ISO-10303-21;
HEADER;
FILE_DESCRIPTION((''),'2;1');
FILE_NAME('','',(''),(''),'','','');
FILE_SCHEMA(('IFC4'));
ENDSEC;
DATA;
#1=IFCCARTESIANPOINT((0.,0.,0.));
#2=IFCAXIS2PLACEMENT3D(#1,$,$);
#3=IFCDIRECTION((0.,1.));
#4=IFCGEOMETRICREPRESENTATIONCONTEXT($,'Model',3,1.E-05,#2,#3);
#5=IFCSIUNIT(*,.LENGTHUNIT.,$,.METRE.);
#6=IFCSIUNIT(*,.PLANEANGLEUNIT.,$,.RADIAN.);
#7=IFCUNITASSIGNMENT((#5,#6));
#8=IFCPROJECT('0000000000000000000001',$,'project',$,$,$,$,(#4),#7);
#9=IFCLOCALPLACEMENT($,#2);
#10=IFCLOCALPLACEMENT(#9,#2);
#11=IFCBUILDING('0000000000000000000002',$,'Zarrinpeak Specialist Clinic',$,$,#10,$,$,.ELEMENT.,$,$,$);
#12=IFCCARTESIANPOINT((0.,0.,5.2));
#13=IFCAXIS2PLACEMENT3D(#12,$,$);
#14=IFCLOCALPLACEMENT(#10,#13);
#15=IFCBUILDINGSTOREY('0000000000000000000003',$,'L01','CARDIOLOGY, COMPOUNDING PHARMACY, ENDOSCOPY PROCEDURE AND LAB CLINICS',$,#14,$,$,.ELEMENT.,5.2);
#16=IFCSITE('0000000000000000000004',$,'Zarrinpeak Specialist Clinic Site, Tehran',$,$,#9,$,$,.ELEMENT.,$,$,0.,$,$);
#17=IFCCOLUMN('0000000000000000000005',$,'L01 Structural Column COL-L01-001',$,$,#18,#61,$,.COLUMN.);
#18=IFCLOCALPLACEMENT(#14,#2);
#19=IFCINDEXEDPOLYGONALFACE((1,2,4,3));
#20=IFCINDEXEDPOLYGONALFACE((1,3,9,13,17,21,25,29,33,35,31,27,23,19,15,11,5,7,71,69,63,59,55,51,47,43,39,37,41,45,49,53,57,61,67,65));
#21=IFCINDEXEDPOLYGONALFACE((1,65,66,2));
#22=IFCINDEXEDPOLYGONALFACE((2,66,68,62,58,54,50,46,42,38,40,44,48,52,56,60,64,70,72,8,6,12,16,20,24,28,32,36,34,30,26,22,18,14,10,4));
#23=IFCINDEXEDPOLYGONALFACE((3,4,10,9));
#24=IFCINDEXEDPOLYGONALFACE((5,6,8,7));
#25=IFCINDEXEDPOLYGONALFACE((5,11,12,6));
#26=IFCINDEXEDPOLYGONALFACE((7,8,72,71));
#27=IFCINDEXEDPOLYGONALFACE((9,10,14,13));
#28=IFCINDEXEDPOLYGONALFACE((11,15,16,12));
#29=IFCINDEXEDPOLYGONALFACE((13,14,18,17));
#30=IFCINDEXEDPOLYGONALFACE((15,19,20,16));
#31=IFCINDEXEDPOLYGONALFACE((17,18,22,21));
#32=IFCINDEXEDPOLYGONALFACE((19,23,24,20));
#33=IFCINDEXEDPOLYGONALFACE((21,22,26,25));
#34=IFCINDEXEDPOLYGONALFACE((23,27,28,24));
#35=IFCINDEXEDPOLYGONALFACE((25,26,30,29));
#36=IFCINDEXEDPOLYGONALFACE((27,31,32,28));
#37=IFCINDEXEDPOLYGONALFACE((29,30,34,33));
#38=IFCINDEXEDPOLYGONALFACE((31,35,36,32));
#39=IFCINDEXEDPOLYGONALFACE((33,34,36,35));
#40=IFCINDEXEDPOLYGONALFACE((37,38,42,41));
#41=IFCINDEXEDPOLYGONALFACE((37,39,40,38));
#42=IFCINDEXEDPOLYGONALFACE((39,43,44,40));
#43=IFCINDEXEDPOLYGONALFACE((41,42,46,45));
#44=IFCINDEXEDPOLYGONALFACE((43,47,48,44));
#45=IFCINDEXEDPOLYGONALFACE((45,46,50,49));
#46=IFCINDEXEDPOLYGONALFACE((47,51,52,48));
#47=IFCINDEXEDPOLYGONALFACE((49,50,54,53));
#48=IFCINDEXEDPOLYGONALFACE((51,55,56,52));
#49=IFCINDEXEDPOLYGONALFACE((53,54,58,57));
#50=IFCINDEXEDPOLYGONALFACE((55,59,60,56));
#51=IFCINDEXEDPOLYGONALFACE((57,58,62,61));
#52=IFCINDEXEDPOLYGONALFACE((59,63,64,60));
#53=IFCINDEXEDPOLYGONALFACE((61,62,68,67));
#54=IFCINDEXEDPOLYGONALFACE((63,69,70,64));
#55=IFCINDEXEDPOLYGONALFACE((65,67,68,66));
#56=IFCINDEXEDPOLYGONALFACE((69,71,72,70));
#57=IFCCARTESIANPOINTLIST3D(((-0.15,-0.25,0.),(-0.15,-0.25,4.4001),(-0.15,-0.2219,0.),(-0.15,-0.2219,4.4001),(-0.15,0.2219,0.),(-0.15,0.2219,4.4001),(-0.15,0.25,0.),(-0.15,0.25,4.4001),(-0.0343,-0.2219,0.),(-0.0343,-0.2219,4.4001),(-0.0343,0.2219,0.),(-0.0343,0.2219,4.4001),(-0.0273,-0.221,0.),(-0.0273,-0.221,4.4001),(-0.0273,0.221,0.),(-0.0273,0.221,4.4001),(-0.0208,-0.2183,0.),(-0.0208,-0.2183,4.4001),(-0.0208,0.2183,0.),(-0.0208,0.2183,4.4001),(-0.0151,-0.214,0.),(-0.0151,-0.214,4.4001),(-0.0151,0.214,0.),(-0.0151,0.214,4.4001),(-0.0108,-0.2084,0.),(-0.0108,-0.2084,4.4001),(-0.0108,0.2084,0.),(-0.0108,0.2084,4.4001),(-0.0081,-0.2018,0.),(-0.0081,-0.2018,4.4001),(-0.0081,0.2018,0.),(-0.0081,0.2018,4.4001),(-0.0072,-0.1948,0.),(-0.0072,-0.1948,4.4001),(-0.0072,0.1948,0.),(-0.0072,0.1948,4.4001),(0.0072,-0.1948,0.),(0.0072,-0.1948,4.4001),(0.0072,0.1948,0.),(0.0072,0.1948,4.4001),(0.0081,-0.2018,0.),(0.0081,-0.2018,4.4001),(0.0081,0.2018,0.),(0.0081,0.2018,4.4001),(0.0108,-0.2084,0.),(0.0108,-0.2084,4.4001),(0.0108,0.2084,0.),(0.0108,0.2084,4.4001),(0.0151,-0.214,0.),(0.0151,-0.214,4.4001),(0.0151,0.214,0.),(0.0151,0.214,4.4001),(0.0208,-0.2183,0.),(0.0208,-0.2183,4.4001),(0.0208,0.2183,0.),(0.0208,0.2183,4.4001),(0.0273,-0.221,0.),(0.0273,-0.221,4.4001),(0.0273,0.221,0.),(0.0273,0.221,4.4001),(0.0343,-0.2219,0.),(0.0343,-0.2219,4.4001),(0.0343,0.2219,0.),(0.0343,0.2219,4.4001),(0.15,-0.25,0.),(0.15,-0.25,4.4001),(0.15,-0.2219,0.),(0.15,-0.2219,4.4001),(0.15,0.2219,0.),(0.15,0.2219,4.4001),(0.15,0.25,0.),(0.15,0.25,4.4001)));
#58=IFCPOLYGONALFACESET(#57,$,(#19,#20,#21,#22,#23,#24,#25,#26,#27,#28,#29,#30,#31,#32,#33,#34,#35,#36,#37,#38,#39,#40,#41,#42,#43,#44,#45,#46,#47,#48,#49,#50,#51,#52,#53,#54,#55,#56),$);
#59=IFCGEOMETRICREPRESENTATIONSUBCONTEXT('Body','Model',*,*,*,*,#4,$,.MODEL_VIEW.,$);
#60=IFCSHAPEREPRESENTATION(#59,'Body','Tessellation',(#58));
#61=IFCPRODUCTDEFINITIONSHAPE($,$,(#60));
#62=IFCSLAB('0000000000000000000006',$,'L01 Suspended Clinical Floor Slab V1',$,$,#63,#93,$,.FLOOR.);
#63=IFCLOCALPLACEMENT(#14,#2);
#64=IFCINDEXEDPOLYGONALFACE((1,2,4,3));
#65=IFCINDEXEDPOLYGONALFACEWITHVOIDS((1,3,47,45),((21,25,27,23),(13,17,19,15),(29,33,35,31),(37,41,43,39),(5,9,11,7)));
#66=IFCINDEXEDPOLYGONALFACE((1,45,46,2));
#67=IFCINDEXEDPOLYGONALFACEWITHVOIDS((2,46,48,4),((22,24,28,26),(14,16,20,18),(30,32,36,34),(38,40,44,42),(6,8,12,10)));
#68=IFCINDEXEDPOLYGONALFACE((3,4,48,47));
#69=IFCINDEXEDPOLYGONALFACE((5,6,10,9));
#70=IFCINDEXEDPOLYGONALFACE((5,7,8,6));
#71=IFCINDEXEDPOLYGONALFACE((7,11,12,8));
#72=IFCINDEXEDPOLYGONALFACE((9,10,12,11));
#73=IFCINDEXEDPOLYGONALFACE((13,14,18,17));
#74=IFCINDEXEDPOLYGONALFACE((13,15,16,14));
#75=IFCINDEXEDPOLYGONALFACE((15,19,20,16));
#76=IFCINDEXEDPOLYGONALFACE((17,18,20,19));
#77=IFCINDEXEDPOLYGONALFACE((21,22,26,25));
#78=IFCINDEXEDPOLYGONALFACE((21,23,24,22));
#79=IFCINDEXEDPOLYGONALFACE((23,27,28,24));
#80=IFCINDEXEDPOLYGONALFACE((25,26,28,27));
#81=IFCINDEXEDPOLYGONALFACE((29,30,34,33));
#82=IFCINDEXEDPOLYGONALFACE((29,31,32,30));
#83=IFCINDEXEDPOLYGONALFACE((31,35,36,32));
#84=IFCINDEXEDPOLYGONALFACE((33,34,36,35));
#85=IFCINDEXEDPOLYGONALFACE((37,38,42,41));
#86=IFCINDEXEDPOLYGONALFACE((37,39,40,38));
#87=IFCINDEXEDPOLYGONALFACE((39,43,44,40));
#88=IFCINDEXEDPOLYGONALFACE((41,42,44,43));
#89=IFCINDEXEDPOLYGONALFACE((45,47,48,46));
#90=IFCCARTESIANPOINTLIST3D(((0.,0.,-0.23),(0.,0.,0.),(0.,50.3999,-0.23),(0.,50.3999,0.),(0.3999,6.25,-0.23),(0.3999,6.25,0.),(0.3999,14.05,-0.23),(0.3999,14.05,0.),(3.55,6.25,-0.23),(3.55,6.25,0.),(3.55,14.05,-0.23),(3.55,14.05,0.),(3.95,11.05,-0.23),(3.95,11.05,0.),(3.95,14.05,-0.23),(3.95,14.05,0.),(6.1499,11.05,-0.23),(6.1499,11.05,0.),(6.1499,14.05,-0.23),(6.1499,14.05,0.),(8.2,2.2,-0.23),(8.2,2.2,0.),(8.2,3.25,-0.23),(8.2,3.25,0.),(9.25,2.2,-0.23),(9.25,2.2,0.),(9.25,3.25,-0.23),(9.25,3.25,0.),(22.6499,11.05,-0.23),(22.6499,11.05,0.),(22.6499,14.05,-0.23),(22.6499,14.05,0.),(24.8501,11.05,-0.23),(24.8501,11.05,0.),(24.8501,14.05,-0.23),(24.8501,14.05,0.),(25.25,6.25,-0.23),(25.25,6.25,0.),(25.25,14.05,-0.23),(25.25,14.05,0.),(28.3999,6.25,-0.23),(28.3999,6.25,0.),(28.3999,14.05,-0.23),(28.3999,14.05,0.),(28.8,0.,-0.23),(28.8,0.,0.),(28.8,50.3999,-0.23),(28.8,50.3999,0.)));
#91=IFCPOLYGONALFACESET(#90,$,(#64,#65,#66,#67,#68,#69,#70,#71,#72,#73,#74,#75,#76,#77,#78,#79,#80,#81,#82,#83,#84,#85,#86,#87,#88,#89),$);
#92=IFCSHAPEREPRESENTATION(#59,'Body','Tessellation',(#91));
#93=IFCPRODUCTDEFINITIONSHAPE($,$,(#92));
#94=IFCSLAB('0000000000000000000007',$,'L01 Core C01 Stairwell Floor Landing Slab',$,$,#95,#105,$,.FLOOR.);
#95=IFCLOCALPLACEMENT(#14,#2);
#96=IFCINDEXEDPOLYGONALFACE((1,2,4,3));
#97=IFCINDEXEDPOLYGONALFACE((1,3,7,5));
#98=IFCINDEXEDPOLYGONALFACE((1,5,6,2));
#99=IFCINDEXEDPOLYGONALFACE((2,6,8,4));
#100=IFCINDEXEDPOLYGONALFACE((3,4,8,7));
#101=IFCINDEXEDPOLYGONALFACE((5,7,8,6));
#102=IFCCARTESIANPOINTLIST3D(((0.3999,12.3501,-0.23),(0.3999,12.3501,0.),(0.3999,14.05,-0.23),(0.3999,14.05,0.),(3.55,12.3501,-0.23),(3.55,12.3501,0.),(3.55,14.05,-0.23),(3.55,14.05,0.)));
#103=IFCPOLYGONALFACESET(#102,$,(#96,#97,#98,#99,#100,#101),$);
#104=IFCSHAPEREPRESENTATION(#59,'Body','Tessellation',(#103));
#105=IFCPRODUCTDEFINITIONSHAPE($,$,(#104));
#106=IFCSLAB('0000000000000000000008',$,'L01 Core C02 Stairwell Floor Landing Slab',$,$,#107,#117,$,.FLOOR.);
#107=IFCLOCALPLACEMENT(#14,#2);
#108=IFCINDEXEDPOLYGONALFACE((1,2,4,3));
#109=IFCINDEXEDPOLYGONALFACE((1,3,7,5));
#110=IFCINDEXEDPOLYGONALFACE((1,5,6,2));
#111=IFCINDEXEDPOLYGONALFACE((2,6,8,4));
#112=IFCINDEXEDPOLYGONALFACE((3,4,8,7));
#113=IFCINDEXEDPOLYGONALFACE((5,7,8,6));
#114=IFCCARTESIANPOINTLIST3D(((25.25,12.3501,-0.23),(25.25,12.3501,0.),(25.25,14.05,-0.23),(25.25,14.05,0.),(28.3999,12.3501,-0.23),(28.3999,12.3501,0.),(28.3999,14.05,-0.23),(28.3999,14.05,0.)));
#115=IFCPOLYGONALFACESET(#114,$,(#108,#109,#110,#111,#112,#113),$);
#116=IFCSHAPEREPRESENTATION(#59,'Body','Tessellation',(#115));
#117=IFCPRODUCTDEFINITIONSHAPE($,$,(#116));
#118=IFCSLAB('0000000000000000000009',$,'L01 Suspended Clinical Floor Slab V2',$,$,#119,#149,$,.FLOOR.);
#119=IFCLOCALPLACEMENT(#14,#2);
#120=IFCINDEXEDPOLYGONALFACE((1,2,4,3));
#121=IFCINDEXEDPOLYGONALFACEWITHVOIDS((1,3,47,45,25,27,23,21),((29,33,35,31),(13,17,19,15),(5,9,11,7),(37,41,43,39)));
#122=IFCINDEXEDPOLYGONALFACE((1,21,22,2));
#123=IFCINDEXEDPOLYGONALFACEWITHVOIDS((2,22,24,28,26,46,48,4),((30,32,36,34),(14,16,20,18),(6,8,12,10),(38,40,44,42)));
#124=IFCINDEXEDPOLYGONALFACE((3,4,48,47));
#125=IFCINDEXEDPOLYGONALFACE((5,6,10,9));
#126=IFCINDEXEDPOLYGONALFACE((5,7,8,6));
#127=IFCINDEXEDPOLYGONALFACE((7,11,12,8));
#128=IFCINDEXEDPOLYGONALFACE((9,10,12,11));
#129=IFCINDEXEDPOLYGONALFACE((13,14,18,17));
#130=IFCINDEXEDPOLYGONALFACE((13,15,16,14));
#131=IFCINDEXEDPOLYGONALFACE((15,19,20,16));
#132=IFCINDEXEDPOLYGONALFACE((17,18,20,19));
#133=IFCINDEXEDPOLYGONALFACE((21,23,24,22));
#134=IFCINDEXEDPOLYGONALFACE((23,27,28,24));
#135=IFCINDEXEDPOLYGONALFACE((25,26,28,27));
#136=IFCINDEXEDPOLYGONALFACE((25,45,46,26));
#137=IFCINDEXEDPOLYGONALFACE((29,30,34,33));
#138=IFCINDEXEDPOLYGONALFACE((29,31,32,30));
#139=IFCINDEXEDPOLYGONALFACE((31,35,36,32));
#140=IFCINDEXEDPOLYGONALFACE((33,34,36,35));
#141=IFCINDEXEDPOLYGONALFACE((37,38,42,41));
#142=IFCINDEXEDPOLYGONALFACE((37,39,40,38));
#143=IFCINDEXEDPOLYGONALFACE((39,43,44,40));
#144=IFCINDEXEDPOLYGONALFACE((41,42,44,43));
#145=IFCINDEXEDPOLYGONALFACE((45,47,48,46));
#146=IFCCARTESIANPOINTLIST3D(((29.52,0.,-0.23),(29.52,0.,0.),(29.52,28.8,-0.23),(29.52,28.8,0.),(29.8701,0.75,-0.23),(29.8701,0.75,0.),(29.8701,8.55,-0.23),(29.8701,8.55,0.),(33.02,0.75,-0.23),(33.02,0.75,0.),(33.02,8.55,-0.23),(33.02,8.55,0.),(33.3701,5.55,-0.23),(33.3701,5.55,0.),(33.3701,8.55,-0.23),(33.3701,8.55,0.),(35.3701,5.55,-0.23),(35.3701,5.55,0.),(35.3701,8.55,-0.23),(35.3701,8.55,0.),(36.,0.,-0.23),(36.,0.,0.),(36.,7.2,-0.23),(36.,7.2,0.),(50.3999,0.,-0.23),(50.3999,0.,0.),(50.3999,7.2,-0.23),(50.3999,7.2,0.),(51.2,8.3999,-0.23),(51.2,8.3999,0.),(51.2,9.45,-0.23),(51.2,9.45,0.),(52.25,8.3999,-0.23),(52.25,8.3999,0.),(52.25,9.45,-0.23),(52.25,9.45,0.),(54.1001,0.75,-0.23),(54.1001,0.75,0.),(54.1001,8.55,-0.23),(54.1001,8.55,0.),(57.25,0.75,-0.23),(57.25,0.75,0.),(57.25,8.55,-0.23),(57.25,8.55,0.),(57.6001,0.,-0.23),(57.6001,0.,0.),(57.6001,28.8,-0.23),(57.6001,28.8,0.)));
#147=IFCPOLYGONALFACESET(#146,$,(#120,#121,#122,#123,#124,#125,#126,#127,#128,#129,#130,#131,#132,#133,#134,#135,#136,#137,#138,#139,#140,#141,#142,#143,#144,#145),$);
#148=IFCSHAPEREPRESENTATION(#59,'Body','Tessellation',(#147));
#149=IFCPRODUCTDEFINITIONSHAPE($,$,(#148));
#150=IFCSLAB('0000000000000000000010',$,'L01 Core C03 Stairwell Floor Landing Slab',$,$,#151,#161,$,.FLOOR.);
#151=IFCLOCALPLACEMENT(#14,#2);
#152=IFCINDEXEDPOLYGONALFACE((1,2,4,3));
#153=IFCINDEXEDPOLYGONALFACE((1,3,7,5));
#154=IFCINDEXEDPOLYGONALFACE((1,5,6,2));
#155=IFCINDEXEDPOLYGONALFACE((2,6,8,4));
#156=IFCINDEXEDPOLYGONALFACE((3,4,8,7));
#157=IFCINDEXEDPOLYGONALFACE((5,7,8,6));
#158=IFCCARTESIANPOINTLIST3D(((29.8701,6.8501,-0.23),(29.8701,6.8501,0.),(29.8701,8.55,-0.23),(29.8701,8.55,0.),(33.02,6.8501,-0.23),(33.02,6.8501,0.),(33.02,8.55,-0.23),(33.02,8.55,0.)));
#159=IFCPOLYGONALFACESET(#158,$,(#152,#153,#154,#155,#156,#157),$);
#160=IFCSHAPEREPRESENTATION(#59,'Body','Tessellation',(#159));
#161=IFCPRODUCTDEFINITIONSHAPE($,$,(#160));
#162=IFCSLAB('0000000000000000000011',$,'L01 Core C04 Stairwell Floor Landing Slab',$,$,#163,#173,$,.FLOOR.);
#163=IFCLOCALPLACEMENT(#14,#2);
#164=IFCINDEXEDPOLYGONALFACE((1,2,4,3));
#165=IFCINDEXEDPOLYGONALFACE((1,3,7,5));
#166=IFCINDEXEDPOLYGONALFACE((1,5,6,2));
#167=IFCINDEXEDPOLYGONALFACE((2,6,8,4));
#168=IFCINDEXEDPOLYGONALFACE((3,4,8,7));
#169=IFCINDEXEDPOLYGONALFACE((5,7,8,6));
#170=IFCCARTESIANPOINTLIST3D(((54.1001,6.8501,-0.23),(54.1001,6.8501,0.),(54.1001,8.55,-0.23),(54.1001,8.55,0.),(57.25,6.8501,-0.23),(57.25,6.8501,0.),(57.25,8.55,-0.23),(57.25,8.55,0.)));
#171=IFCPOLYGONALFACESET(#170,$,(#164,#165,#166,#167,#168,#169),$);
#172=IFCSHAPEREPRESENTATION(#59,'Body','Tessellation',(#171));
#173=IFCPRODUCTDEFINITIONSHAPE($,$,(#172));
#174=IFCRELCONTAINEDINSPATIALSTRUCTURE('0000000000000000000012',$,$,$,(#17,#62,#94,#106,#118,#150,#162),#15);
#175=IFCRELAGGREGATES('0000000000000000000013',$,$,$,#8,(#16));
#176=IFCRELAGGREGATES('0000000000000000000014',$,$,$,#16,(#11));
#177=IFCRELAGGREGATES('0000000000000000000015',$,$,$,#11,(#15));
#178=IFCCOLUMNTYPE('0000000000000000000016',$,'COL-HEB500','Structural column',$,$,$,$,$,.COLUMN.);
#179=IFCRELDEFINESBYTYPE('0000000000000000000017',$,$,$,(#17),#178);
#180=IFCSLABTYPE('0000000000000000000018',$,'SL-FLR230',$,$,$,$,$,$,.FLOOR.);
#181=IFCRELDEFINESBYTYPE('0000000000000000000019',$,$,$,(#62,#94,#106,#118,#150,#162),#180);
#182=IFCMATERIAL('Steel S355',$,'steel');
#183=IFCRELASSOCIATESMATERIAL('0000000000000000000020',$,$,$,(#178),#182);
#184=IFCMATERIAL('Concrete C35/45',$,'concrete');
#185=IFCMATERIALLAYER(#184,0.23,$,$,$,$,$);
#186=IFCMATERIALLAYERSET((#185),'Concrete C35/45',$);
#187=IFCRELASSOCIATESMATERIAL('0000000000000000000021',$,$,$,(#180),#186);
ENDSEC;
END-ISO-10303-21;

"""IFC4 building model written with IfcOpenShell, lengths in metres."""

from ifc_helpers import new_model, si_unit, direction, frame, origin, origin_with_axes, origin_2d, place, context, subcontext, project, spatial, polyline, i_section, outline, extrude, material, layer, layer_set, material_profile, profile_set, type_object, element, save


model = new_model("IFC4")

# Units and contexts
model_context = context("Model", 3, precision=1e-05, world=origin(), true_north=direction((0.0, 1.0)))
body_context = subcontext(model_context, "Body", "Model", "MODEL_VIEW")
ifc_project = project(units=[si_unit("LENGTHUNIT", "METRE"), si_unit("PLANEANGLEUNIT", "RADIAN")], contexts=[model_context])

# Site, building, storey
site_placement = place(None, origin())
site = spatial("IfcSite", under=ifc_project, at=site_placement, Name="Zarrinpeak Specialist Clinic Site, Tehran", CompositionType="ELEMENT", RefElevation=0.0)
building_placement = place(site_placement, origin())
building = spatial("IfcBuilding", under=site, at=building_placement, Name="Zarrinpeak Specialist Clinic", CompositionType="ELEMENT")
storey_placement = place(building_placement, frame((0.0, 0.0, 5.2)))
storey = spatial("IfcBuildingStorey", under=building, at=storey_placement, Name="L01", Description="CARDIOLOGY, COMPOUNDING PHARMACY, ENDOSCOPY PROCEDURE AND LAB CLINICS", CompositionType="ELEMENT", Elevation=5.2)

# Column
ifc_material_1 = material(Name="Steel S355", Category="steel")
ifc_material_profile = material_profile(ifc_material_1, i_section(OverallWidth=0.3, OverallDepth=0.5, WebThickness=0.0144, FlangeThickness=0.0281, FilletRadius=0.0271, at=origin_2d()), Name="HEB 500")
ifc_profile_set = profile_set([ifc_material_profile], Name="Steel S355")
column_type = type_object("IfcColumnType", Name="COL-HEB500", Description="Structural column", PredefinedType="COLUMN", material=ifc_profile_set)
column_placement = place(storey_placement, origin_with_axes())
element("IfcColumn", 1, at=column_placement, inside=storey, type_object=column_type, Name="L01 Structural Column COL-L01-001", PredefinedType="COLUMN", context=body_context, shape_type="SweptSolid", body=[
    extrude(i_section(OverallWidth=0.3, OverallDepth=0.5, WebThickness=0.0144, FlangeThickness=0.0281, FilletRadius=0.0271, at=origin_2d()), origin(), (0.0, 0.0, 1.0), 4.4001),
])

# Slabs
ifc_material_2 = material(Name="Concrete C35/45", Category="concrete")
ifc_layer_1 = layer(ifc_material_2, 0.23)
ifc_layer_set_1 = layer_set([ifc_layer_1], Name="Concrete C35/45")
slab_type_1 = type_object("IfcSlabType", Name="SL-FLR230", PredefinedType="FLOOR", material=ifc_layer_set_1)
slab_1_placement = place(storey_placement, frame((0.0, 0.0, -0.23)))
element("IfcSlab", 2, at=slab_1_placement, inside=storey, type_object=slab_type_1, Name="L01 Suspended Clinical Floor Slab V1", PredefinedType="FLOOR", context=body_context, shape_type="SweptSolid", body=[
    extrude(outline(polyline([(0.0, 0.0), (28.8, 0.0), (28.8, 50.3999), (0.0, 50.3999), (0.0, 0.0)]), holes=[polyline([(0.3999, 6.25), (3.55, 6.25), (3.55, 14.05), (0.3999, 14.05), (0.3999, 6.25)]), polyline([(3.95, 11.05), (6.1499, 11.05), (6.1499, 14.05), (3.95, 14.05), (3.95, 11.05)]), polyline([(25.25, 6.25), (28.3999, 6.25), (28.3999, 14.05), (25.25, 14.05), (25.25, 6.25)]), polyline([(22.6499, 11.05), (24.8501, 11.05), (24.8501, 14.05), (22.6499, 14.05), (22.6499, 11.05)]), polyline([(8.2, 2.2), (9.25, 2.2), (9.25, 3.25), (8.2, 3.25), (8.2, 2.2)])]), origin(), (0.0, 0.0, 1.0), 0.23),
])
slab_2_placement = place(storey_placement, frame((0.0, 0.0, -0.23)))
element("IfcSlab", 3, at=slab_2_placement, inside=storey, type_object=slab_type_1, Name="L01 Core C01 Stairwell Floor Landing Slab", PredefinedType="FLOOR", context=body_context, shape_type="SweptSolid", body=[
    extrude(outline(polyline([(0.3999, 12.3501), (3.55, 12.3501), (3.55, 14.05), (0.3999, 14.05), (0.3999, 12.3501)])), origin(), (0.0, 0.0, 1.0), 0.23),
])
slab_3_placement = place(storey_placement, frame((0.0, 0.0, -0.23)))
element("IfcSlab", 4, at=slab_3_placement, inside=storey, type_object=slab_type_1, Name="L01 Core C02 Stairwell Floor Landing Slab", PredefinedType="FLOOR", context=body_context, shape_type="SweptSolid", body=[
    extrude(outline(polyline([(25.25, 12.3501), (28.3999, 12.3501), (28.3999, 14.05), (25.25, 14.05), (25.25, 12.3501)])), origin(), (0.0, 0.0, 1.0), 0.23),
])
slab_4_placement = place(storey_placement, frame((0.0, 0.0, -0.23)))
element("IfcSlab", 5, at=slab_4_placement, inside=storey, type_object=slab_type_1, Name="L01 Suspended Clinical Floor Slab V2", PredefinedType="FLOOR", context=body_context, shape_type="SweptSolid", body=[
    extrude(outline(polyline([(29.52, 0.0), (36.0, 0.0), (36.0, 7.2), (50.3999, 7.2), (50.3999, 0.0), (57.6001, 0.0), (57.6001, 28.8), (29.52, 28.8), (29.52, 0.0)]), holes=[polyline([(29.8701, 0.75), (33.02, 0.75), (33.02, 8.55), (29.8701, 8.55), (29.8701, 0.75)]), polyline([(33.3701, 5.55), (35.3701, 5.55), (35.3701, 8.55), (33.3701, 8.55), (33.3701, 5.55)]), polyline([(54.1001, 0.75), (57.25, 0.75), (57.25, 8.55), (54.1001, 8.55), (54.1001, 0.75)]), polyline([(51.2, 8.3999), (52.25, 8.3999), (52.25, 9.45), (51.2, 9.45), (51.2, 8.3999)])]), origin(), (0.0, 0.0, 1.0), 0.23),
])
slab_5_placement = place(storey_placement, frame((0.0, 0.0, -0.23)))
element("IfcSlab", 6, at=slab_5_placement, inside=storey, type_object=slab_type_1, Name="L01 Core C03 Stairwell Floor Landing Slab", PredefinedType="FLOOR", context=body_context, shape_type="SweptSolid", body=[
    extrude(outline(polyline([(29.8701, 6.8501), (33.02, 6.8501), (33.02, 8.55), (29.8701, 8.55), (29.8701, 6.8501)])), origin(), (0.0, 0.0, 1.0), 0.23),
])
slab_6_placement = place(storey_placement, frame((0.0, 0.0, -0.23)))
element("IfcSlab", 7, at=slab_6_placement, inside=storey, type_object=slab_type_1, Name="L01 Core C04 Stairwell Floor Landing Slab", PredefinedType="FLOOR", context=body_context, shape_type="SweptSolid", body=[
    extrude(outline(polyline([(54.1001, 6.8501), (57.25, 6.8501), (57.25, 8.55), (54.1001, 8.55), (54.1001, 6.8501)])), origin(), (0.0, 0.0, 1.0), 0.23),
])

save(model, "model.ifc")
